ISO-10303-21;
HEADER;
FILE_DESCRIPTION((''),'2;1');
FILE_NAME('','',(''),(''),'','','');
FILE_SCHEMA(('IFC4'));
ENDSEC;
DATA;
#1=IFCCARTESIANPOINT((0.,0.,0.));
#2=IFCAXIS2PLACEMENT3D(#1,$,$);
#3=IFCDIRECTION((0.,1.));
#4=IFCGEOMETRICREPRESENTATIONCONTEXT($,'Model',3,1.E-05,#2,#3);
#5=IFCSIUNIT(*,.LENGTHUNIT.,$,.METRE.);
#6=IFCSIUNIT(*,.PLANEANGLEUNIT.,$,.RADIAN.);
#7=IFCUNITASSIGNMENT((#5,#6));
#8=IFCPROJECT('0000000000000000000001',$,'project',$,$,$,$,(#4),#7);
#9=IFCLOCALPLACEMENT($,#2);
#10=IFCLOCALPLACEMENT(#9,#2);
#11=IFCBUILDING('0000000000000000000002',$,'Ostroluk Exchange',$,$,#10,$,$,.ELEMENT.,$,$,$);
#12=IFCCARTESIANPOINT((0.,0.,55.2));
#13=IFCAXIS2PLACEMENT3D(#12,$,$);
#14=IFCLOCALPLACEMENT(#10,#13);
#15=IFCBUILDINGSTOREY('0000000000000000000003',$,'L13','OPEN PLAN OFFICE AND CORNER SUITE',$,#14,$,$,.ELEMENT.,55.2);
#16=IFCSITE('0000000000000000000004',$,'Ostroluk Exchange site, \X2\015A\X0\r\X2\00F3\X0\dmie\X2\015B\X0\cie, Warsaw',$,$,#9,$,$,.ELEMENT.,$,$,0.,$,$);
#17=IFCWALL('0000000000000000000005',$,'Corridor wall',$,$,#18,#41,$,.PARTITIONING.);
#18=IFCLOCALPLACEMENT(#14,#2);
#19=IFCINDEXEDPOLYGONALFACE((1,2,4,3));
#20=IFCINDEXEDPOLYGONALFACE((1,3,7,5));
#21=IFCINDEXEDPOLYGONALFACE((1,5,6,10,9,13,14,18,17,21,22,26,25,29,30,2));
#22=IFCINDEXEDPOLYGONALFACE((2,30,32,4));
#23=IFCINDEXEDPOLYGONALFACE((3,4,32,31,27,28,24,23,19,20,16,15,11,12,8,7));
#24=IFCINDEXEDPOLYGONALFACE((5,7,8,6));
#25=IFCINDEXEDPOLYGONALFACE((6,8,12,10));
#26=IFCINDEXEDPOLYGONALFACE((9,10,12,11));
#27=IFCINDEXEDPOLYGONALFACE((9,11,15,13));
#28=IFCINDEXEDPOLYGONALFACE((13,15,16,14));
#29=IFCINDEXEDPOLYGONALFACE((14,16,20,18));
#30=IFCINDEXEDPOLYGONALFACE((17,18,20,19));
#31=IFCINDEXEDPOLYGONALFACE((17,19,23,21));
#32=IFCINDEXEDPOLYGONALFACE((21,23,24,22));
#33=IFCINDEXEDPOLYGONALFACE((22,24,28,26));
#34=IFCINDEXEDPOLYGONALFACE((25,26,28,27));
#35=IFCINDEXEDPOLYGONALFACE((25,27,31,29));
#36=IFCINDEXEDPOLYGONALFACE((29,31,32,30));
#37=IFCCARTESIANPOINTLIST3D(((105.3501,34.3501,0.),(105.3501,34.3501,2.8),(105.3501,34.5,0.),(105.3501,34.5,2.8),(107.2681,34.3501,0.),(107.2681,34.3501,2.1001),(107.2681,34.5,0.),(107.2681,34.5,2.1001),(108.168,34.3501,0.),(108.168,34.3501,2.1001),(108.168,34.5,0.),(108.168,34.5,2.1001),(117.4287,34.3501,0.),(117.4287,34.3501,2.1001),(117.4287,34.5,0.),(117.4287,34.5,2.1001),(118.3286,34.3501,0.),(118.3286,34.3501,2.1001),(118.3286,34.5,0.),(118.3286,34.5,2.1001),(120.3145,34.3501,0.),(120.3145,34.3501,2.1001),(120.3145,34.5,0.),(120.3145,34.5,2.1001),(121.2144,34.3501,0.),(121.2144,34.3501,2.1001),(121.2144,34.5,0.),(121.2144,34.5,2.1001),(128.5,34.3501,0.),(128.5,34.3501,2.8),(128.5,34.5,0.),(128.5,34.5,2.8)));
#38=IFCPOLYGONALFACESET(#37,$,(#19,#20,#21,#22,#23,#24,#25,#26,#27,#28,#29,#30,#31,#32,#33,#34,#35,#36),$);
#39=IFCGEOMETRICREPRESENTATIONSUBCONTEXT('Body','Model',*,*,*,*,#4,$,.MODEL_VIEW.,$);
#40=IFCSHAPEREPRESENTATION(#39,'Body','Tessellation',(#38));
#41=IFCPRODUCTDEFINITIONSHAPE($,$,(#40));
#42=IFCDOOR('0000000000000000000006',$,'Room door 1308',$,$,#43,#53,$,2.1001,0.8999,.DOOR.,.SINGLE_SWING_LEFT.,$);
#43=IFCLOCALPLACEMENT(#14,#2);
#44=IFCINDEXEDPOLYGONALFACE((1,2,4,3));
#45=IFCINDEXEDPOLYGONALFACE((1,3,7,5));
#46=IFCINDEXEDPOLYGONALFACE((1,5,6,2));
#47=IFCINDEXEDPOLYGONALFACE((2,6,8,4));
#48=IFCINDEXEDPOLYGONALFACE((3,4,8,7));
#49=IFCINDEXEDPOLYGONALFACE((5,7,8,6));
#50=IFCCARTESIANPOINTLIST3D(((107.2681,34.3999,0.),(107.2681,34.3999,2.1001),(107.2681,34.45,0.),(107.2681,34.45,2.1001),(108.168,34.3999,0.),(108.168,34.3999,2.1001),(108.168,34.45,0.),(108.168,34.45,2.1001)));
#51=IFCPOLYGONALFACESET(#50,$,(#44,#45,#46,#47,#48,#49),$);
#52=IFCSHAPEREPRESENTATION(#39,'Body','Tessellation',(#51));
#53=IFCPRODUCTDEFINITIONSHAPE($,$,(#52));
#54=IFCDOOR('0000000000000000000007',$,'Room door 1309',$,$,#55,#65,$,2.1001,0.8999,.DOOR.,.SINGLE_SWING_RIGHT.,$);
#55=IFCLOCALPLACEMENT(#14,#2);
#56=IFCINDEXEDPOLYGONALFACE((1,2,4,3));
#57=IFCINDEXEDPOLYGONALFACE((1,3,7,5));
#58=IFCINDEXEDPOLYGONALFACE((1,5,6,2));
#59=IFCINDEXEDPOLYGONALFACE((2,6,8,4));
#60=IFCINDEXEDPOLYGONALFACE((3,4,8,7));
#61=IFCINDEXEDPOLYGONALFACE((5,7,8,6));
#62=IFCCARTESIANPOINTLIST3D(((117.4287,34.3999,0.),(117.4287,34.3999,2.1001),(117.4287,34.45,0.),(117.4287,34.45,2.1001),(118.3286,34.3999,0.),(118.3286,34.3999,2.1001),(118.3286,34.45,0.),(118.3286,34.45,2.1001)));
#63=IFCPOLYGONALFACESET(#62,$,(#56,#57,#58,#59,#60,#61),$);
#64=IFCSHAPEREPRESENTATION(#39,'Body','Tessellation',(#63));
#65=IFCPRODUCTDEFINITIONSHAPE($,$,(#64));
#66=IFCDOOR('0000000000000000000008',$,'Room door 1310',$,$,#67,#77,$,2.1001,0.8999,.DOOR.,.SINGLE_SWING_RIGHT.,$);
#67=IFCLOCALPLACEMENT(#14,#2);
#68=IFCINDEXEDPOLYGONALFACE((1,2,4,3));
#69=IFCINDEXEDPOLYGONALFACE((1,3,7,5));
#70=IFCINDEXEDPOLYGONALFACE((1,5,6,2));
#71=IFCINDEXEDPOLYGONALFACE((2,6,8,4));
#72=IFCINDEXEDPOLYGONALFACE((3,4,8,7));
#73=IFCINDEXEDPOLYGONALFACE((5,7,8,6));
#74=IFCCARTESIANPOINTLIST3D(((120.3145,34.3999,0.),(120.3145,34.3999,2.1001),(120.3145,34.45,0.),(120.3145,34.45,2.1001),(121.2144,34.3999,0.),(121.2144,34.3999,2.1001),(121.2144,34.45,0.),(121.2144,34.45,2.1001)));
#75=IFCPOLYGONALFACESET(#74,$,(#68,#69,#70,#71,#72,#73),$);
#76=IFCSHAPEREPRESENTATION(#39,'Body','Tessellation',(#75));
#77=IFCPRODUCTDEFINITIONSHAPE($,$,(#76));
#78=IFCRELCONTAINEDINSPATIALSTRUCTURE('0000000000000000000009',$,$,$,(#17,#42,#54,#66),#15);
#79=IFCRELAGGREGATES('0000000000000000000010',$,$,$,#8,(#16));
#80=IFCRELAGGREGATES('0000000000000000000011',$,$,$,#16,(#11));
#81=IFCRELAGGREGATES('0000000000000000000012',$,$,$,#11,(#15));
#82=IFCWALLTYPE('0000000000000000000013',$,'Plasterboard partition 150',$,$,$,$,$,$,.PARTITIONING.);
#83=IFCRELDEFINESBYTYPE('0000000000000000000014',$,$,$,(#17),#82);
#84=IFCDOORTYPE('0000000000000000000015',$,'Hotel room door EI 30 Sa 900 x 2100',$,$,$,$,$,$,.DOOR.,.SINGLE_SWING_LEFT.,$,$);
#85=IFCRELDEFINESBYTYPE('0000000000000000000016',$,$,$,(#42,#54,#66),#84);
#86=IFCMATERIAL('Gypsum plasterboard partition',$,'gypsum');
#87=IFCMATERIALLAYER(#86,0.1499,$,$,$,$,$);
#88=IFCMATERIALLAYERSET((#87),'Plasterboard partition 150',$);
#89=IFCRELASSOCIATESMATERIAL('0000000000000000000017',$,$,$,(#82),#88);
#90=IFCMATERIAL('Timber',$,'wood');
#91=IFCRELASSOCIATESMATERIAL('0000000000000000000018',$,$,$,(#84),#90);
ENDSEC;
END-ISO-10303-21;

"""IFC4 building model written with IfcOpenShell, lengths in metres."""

from ifc_helpers import new_model, si_unit, direction, frame, frame_2d, origin, place, context, subcontext, project, spatial, rectangle, extrude, material, layer, layer_set, type_object, element, fill, save


model = new_model("IFC4")

# Units and contexts
model_context = context("Model", 3, precision=1e-05, world=origin(), true_north=direction((0.0, 1.0)))
body_context = subcontext(model_context, "Body", "Model", "MODEL_VIEW")
ifc_project = project(units=[si_unit("LENGTHUNIT", "METRE"), si_unit("PLANEANGLEUNIT", "RADIAN")], contexts=[model_context])

# Site, building, storey
site_placement = place(None, origin())
site = spatial("IfcSite", under=ifc_project, at=site_placement, Name="Ostroluk Exchange site, Śródmieście, Warsaw", CompositionType="ELEMENT", RefElevation=0.0)
building_placement = place(site_placement, origin())
building = spatial("IfcBuilding", under=site, at=building_placement, Name="Ostroluk Exchange", CompositionType="ELEMENT")
storey_placement = place(building_placement, frame((0.0, 0.0, 55.2)))
storey = spatial("IfcBuildingStorey", under=building, at=storey_placement, Name="L13", Description="OPEN PLAN OFFICE AND CORNER SUITE", CompositionType="ELEMENT", Elevation=55.2)

# Wall, openings, doors
ifc_material_1 = material(Name="Gypsum plasterboard partition", Category="gypsum")
ifc_layer_1 = layer(ifc_material_1, 0.1499)
ifc_layer_set_1 = layer_set([ifc_layer_1], Name="Plasterboard partition 150")
wall_type_1 = type_object("IfcWallType", Name="Plasterboard partition 150", PredefinedType="PARTITIONING", material=ifc_layer_set_1)
wall_1_placement = place(storey_placement, frame((105.3501, 34.425, 0.0), z_axis=(0.0, 0.0, 1.0), x_axis=(1.0, 0.0, 0.0)))
wall_1 = element("IfcWall", 1, at=wall_1_placement, inside=storey, type_object=wall_type_1, Name="Corridor wall", PredefinedType="PARTITIONING", context=body_context, shape_type="SweptSolid", body=[
    extrude(rectangle(XDim=23.1499, YDim=0.1499, at=frame_2d((11.575, 0.0))), origin(), (0.0, 0.0, 1.0), 2.8),
])
opening_1_placement = place(wall_1_placement, frame((1.918, 0.0, 0.0)))
opening_1 = element("IfcOpeningElement", 2, at=opening_1_placement, cuts=wall_1, PredefinedType="OPENING", context=body_context, shape_type="SweptSolid", body=[
    extrude(rectangle(XDim=0.8999, YDim=2.1001, at=frame_2d((0.45, 1.05))), frame((0.0, 0.085, 0.0), z_axis=(0.0, -1.0, 0.0), x_axis=(1.0, 0.0, 0.0)), (0.0, 0.0, 1.0), 0.1699),
])
opening_2_placement = place(wall_1_placement, frame((12.0786, 0.0, 0.0)))
opening_2 = element("IfcOpeningElement", 3, at=opening_2_placement, cuts=wall_1, PredefinedType="OPENING", context=body_context, shape_type="SweptSolid", body=[
    extrude(rectangle(XDim=0.8999, YDim=2.1001, at=frame_2d((0.45, 1.05))), frame((0.0, 0.085, 0.0), z_axis=(0.0, -1.0, 0.0), x_axis=(1.0, 0.0, 0.0)), (0.0, 0.0, 1.0), 0.1699),
])
opening_3_placement = place(wall_1_placement, frame((14.9644, 0.0, 0.0)))
opening_3 = element("IfcOpeningElement", 4, at=opening_3_placement, cuts=wall_1, PredefinedType="OPENING", context=body_context, shape_type="SweptSolid", body=[
    extrude(rectangle(XDim=0.8999, YDim=2.1001, at=frame_2d((0.45, 1.05))), frame((0.0, 0.085, 0.0), z_axis=(0.0, -1.0, 0.0), x_axis=(1.0, 0.0, 0.0)), (0.0, 0.0, 1.0), 0.1699),
])
ifc_material_2 = material(Name="Timber", Category="wood")
door_type_1 = type_object("IfcDoorType", Name="Hotel room door EI 30 Sa 900 x 2100", OperationType="SINGLE_SWING_LEFT", PredefinedType="DOOR", material=ifc_material_2)
door_1_placement = place(opening_1_placement, origin())
door_1 = element("IfcDoor", 5, at=door_1_placement, inside=storey, type_object=door_type_1, Name="Room door 1308", OperationType="SINGLE_SWING_LEFT", OverallHeight=2.1001, OverallWidth=0.8999, PredefinedType="DOOR", context=body_context, shape_type="SweptSolid", body=[
    extrude(rectangle(XDim=0.8999, YDim=2.1001, at=frame_2d((0.45, 1.05))), frame((0.0, 0.0249, 0.0), z_axis=(0.0, -1.0, 0.0), x_axis=(1.0, 0.0, 0.0)), (0.0, 0.0, 1.0), 0.05),
])
fill(opening_1, door_1)
door_2_placement = place(opening_2_placement, origin())
door_2 = element("IfcDoor", 6, at=door_2_placement, inside=storey, type_object=door_type_1, Name="Room door 1309", OperationType="SINGLE_SWING_RIGHT", OverallHeight=2.1001, OverallWidth=0.8999, PredefinedType="DOOR", context=body_context, shape_type="SweptSolid", body=[
    extrude(rectangle(XDim=0.8999, YDim=2.1001, at=frame_2d((0.45, 1.05))), frame((0.0, 0.0249, 0.0), z_axis=(0.0, -1.0, 0.0), x_axis=(1.0, 0.0, 0.0)), (0.0, 0.0, 1.0), 0.05),
])
fill(opening_2, door_2)
door_3_placement = place(opening_3_placement, origin())
door_3 = element("IfcDoor", 7, at=door_3_placement, inside=storey, type_object=door_type_1, Name="Room door 1310", OperationType="SINGLE_SWING_RIGHT", OverallHeight=2.1001, OverallWidth=0.8999, PredefinedType="DOOR", context=body_context, shape_type="SweptSolid", body=[
    extrude(rectangle(XDim=0.8999, YDim=2.1001, at=frame_2d((0.45, 1.05))), frame((0.0, 0.0249, 0.0), z_axis=(0.0, -1.0, 0.0), x_axis=(1.0, 0.0, 0.0)), (0.0, 0.0, 1.0), 0.05),
])
fill(opening_3, door_3)

save(model, "model.ifc")
